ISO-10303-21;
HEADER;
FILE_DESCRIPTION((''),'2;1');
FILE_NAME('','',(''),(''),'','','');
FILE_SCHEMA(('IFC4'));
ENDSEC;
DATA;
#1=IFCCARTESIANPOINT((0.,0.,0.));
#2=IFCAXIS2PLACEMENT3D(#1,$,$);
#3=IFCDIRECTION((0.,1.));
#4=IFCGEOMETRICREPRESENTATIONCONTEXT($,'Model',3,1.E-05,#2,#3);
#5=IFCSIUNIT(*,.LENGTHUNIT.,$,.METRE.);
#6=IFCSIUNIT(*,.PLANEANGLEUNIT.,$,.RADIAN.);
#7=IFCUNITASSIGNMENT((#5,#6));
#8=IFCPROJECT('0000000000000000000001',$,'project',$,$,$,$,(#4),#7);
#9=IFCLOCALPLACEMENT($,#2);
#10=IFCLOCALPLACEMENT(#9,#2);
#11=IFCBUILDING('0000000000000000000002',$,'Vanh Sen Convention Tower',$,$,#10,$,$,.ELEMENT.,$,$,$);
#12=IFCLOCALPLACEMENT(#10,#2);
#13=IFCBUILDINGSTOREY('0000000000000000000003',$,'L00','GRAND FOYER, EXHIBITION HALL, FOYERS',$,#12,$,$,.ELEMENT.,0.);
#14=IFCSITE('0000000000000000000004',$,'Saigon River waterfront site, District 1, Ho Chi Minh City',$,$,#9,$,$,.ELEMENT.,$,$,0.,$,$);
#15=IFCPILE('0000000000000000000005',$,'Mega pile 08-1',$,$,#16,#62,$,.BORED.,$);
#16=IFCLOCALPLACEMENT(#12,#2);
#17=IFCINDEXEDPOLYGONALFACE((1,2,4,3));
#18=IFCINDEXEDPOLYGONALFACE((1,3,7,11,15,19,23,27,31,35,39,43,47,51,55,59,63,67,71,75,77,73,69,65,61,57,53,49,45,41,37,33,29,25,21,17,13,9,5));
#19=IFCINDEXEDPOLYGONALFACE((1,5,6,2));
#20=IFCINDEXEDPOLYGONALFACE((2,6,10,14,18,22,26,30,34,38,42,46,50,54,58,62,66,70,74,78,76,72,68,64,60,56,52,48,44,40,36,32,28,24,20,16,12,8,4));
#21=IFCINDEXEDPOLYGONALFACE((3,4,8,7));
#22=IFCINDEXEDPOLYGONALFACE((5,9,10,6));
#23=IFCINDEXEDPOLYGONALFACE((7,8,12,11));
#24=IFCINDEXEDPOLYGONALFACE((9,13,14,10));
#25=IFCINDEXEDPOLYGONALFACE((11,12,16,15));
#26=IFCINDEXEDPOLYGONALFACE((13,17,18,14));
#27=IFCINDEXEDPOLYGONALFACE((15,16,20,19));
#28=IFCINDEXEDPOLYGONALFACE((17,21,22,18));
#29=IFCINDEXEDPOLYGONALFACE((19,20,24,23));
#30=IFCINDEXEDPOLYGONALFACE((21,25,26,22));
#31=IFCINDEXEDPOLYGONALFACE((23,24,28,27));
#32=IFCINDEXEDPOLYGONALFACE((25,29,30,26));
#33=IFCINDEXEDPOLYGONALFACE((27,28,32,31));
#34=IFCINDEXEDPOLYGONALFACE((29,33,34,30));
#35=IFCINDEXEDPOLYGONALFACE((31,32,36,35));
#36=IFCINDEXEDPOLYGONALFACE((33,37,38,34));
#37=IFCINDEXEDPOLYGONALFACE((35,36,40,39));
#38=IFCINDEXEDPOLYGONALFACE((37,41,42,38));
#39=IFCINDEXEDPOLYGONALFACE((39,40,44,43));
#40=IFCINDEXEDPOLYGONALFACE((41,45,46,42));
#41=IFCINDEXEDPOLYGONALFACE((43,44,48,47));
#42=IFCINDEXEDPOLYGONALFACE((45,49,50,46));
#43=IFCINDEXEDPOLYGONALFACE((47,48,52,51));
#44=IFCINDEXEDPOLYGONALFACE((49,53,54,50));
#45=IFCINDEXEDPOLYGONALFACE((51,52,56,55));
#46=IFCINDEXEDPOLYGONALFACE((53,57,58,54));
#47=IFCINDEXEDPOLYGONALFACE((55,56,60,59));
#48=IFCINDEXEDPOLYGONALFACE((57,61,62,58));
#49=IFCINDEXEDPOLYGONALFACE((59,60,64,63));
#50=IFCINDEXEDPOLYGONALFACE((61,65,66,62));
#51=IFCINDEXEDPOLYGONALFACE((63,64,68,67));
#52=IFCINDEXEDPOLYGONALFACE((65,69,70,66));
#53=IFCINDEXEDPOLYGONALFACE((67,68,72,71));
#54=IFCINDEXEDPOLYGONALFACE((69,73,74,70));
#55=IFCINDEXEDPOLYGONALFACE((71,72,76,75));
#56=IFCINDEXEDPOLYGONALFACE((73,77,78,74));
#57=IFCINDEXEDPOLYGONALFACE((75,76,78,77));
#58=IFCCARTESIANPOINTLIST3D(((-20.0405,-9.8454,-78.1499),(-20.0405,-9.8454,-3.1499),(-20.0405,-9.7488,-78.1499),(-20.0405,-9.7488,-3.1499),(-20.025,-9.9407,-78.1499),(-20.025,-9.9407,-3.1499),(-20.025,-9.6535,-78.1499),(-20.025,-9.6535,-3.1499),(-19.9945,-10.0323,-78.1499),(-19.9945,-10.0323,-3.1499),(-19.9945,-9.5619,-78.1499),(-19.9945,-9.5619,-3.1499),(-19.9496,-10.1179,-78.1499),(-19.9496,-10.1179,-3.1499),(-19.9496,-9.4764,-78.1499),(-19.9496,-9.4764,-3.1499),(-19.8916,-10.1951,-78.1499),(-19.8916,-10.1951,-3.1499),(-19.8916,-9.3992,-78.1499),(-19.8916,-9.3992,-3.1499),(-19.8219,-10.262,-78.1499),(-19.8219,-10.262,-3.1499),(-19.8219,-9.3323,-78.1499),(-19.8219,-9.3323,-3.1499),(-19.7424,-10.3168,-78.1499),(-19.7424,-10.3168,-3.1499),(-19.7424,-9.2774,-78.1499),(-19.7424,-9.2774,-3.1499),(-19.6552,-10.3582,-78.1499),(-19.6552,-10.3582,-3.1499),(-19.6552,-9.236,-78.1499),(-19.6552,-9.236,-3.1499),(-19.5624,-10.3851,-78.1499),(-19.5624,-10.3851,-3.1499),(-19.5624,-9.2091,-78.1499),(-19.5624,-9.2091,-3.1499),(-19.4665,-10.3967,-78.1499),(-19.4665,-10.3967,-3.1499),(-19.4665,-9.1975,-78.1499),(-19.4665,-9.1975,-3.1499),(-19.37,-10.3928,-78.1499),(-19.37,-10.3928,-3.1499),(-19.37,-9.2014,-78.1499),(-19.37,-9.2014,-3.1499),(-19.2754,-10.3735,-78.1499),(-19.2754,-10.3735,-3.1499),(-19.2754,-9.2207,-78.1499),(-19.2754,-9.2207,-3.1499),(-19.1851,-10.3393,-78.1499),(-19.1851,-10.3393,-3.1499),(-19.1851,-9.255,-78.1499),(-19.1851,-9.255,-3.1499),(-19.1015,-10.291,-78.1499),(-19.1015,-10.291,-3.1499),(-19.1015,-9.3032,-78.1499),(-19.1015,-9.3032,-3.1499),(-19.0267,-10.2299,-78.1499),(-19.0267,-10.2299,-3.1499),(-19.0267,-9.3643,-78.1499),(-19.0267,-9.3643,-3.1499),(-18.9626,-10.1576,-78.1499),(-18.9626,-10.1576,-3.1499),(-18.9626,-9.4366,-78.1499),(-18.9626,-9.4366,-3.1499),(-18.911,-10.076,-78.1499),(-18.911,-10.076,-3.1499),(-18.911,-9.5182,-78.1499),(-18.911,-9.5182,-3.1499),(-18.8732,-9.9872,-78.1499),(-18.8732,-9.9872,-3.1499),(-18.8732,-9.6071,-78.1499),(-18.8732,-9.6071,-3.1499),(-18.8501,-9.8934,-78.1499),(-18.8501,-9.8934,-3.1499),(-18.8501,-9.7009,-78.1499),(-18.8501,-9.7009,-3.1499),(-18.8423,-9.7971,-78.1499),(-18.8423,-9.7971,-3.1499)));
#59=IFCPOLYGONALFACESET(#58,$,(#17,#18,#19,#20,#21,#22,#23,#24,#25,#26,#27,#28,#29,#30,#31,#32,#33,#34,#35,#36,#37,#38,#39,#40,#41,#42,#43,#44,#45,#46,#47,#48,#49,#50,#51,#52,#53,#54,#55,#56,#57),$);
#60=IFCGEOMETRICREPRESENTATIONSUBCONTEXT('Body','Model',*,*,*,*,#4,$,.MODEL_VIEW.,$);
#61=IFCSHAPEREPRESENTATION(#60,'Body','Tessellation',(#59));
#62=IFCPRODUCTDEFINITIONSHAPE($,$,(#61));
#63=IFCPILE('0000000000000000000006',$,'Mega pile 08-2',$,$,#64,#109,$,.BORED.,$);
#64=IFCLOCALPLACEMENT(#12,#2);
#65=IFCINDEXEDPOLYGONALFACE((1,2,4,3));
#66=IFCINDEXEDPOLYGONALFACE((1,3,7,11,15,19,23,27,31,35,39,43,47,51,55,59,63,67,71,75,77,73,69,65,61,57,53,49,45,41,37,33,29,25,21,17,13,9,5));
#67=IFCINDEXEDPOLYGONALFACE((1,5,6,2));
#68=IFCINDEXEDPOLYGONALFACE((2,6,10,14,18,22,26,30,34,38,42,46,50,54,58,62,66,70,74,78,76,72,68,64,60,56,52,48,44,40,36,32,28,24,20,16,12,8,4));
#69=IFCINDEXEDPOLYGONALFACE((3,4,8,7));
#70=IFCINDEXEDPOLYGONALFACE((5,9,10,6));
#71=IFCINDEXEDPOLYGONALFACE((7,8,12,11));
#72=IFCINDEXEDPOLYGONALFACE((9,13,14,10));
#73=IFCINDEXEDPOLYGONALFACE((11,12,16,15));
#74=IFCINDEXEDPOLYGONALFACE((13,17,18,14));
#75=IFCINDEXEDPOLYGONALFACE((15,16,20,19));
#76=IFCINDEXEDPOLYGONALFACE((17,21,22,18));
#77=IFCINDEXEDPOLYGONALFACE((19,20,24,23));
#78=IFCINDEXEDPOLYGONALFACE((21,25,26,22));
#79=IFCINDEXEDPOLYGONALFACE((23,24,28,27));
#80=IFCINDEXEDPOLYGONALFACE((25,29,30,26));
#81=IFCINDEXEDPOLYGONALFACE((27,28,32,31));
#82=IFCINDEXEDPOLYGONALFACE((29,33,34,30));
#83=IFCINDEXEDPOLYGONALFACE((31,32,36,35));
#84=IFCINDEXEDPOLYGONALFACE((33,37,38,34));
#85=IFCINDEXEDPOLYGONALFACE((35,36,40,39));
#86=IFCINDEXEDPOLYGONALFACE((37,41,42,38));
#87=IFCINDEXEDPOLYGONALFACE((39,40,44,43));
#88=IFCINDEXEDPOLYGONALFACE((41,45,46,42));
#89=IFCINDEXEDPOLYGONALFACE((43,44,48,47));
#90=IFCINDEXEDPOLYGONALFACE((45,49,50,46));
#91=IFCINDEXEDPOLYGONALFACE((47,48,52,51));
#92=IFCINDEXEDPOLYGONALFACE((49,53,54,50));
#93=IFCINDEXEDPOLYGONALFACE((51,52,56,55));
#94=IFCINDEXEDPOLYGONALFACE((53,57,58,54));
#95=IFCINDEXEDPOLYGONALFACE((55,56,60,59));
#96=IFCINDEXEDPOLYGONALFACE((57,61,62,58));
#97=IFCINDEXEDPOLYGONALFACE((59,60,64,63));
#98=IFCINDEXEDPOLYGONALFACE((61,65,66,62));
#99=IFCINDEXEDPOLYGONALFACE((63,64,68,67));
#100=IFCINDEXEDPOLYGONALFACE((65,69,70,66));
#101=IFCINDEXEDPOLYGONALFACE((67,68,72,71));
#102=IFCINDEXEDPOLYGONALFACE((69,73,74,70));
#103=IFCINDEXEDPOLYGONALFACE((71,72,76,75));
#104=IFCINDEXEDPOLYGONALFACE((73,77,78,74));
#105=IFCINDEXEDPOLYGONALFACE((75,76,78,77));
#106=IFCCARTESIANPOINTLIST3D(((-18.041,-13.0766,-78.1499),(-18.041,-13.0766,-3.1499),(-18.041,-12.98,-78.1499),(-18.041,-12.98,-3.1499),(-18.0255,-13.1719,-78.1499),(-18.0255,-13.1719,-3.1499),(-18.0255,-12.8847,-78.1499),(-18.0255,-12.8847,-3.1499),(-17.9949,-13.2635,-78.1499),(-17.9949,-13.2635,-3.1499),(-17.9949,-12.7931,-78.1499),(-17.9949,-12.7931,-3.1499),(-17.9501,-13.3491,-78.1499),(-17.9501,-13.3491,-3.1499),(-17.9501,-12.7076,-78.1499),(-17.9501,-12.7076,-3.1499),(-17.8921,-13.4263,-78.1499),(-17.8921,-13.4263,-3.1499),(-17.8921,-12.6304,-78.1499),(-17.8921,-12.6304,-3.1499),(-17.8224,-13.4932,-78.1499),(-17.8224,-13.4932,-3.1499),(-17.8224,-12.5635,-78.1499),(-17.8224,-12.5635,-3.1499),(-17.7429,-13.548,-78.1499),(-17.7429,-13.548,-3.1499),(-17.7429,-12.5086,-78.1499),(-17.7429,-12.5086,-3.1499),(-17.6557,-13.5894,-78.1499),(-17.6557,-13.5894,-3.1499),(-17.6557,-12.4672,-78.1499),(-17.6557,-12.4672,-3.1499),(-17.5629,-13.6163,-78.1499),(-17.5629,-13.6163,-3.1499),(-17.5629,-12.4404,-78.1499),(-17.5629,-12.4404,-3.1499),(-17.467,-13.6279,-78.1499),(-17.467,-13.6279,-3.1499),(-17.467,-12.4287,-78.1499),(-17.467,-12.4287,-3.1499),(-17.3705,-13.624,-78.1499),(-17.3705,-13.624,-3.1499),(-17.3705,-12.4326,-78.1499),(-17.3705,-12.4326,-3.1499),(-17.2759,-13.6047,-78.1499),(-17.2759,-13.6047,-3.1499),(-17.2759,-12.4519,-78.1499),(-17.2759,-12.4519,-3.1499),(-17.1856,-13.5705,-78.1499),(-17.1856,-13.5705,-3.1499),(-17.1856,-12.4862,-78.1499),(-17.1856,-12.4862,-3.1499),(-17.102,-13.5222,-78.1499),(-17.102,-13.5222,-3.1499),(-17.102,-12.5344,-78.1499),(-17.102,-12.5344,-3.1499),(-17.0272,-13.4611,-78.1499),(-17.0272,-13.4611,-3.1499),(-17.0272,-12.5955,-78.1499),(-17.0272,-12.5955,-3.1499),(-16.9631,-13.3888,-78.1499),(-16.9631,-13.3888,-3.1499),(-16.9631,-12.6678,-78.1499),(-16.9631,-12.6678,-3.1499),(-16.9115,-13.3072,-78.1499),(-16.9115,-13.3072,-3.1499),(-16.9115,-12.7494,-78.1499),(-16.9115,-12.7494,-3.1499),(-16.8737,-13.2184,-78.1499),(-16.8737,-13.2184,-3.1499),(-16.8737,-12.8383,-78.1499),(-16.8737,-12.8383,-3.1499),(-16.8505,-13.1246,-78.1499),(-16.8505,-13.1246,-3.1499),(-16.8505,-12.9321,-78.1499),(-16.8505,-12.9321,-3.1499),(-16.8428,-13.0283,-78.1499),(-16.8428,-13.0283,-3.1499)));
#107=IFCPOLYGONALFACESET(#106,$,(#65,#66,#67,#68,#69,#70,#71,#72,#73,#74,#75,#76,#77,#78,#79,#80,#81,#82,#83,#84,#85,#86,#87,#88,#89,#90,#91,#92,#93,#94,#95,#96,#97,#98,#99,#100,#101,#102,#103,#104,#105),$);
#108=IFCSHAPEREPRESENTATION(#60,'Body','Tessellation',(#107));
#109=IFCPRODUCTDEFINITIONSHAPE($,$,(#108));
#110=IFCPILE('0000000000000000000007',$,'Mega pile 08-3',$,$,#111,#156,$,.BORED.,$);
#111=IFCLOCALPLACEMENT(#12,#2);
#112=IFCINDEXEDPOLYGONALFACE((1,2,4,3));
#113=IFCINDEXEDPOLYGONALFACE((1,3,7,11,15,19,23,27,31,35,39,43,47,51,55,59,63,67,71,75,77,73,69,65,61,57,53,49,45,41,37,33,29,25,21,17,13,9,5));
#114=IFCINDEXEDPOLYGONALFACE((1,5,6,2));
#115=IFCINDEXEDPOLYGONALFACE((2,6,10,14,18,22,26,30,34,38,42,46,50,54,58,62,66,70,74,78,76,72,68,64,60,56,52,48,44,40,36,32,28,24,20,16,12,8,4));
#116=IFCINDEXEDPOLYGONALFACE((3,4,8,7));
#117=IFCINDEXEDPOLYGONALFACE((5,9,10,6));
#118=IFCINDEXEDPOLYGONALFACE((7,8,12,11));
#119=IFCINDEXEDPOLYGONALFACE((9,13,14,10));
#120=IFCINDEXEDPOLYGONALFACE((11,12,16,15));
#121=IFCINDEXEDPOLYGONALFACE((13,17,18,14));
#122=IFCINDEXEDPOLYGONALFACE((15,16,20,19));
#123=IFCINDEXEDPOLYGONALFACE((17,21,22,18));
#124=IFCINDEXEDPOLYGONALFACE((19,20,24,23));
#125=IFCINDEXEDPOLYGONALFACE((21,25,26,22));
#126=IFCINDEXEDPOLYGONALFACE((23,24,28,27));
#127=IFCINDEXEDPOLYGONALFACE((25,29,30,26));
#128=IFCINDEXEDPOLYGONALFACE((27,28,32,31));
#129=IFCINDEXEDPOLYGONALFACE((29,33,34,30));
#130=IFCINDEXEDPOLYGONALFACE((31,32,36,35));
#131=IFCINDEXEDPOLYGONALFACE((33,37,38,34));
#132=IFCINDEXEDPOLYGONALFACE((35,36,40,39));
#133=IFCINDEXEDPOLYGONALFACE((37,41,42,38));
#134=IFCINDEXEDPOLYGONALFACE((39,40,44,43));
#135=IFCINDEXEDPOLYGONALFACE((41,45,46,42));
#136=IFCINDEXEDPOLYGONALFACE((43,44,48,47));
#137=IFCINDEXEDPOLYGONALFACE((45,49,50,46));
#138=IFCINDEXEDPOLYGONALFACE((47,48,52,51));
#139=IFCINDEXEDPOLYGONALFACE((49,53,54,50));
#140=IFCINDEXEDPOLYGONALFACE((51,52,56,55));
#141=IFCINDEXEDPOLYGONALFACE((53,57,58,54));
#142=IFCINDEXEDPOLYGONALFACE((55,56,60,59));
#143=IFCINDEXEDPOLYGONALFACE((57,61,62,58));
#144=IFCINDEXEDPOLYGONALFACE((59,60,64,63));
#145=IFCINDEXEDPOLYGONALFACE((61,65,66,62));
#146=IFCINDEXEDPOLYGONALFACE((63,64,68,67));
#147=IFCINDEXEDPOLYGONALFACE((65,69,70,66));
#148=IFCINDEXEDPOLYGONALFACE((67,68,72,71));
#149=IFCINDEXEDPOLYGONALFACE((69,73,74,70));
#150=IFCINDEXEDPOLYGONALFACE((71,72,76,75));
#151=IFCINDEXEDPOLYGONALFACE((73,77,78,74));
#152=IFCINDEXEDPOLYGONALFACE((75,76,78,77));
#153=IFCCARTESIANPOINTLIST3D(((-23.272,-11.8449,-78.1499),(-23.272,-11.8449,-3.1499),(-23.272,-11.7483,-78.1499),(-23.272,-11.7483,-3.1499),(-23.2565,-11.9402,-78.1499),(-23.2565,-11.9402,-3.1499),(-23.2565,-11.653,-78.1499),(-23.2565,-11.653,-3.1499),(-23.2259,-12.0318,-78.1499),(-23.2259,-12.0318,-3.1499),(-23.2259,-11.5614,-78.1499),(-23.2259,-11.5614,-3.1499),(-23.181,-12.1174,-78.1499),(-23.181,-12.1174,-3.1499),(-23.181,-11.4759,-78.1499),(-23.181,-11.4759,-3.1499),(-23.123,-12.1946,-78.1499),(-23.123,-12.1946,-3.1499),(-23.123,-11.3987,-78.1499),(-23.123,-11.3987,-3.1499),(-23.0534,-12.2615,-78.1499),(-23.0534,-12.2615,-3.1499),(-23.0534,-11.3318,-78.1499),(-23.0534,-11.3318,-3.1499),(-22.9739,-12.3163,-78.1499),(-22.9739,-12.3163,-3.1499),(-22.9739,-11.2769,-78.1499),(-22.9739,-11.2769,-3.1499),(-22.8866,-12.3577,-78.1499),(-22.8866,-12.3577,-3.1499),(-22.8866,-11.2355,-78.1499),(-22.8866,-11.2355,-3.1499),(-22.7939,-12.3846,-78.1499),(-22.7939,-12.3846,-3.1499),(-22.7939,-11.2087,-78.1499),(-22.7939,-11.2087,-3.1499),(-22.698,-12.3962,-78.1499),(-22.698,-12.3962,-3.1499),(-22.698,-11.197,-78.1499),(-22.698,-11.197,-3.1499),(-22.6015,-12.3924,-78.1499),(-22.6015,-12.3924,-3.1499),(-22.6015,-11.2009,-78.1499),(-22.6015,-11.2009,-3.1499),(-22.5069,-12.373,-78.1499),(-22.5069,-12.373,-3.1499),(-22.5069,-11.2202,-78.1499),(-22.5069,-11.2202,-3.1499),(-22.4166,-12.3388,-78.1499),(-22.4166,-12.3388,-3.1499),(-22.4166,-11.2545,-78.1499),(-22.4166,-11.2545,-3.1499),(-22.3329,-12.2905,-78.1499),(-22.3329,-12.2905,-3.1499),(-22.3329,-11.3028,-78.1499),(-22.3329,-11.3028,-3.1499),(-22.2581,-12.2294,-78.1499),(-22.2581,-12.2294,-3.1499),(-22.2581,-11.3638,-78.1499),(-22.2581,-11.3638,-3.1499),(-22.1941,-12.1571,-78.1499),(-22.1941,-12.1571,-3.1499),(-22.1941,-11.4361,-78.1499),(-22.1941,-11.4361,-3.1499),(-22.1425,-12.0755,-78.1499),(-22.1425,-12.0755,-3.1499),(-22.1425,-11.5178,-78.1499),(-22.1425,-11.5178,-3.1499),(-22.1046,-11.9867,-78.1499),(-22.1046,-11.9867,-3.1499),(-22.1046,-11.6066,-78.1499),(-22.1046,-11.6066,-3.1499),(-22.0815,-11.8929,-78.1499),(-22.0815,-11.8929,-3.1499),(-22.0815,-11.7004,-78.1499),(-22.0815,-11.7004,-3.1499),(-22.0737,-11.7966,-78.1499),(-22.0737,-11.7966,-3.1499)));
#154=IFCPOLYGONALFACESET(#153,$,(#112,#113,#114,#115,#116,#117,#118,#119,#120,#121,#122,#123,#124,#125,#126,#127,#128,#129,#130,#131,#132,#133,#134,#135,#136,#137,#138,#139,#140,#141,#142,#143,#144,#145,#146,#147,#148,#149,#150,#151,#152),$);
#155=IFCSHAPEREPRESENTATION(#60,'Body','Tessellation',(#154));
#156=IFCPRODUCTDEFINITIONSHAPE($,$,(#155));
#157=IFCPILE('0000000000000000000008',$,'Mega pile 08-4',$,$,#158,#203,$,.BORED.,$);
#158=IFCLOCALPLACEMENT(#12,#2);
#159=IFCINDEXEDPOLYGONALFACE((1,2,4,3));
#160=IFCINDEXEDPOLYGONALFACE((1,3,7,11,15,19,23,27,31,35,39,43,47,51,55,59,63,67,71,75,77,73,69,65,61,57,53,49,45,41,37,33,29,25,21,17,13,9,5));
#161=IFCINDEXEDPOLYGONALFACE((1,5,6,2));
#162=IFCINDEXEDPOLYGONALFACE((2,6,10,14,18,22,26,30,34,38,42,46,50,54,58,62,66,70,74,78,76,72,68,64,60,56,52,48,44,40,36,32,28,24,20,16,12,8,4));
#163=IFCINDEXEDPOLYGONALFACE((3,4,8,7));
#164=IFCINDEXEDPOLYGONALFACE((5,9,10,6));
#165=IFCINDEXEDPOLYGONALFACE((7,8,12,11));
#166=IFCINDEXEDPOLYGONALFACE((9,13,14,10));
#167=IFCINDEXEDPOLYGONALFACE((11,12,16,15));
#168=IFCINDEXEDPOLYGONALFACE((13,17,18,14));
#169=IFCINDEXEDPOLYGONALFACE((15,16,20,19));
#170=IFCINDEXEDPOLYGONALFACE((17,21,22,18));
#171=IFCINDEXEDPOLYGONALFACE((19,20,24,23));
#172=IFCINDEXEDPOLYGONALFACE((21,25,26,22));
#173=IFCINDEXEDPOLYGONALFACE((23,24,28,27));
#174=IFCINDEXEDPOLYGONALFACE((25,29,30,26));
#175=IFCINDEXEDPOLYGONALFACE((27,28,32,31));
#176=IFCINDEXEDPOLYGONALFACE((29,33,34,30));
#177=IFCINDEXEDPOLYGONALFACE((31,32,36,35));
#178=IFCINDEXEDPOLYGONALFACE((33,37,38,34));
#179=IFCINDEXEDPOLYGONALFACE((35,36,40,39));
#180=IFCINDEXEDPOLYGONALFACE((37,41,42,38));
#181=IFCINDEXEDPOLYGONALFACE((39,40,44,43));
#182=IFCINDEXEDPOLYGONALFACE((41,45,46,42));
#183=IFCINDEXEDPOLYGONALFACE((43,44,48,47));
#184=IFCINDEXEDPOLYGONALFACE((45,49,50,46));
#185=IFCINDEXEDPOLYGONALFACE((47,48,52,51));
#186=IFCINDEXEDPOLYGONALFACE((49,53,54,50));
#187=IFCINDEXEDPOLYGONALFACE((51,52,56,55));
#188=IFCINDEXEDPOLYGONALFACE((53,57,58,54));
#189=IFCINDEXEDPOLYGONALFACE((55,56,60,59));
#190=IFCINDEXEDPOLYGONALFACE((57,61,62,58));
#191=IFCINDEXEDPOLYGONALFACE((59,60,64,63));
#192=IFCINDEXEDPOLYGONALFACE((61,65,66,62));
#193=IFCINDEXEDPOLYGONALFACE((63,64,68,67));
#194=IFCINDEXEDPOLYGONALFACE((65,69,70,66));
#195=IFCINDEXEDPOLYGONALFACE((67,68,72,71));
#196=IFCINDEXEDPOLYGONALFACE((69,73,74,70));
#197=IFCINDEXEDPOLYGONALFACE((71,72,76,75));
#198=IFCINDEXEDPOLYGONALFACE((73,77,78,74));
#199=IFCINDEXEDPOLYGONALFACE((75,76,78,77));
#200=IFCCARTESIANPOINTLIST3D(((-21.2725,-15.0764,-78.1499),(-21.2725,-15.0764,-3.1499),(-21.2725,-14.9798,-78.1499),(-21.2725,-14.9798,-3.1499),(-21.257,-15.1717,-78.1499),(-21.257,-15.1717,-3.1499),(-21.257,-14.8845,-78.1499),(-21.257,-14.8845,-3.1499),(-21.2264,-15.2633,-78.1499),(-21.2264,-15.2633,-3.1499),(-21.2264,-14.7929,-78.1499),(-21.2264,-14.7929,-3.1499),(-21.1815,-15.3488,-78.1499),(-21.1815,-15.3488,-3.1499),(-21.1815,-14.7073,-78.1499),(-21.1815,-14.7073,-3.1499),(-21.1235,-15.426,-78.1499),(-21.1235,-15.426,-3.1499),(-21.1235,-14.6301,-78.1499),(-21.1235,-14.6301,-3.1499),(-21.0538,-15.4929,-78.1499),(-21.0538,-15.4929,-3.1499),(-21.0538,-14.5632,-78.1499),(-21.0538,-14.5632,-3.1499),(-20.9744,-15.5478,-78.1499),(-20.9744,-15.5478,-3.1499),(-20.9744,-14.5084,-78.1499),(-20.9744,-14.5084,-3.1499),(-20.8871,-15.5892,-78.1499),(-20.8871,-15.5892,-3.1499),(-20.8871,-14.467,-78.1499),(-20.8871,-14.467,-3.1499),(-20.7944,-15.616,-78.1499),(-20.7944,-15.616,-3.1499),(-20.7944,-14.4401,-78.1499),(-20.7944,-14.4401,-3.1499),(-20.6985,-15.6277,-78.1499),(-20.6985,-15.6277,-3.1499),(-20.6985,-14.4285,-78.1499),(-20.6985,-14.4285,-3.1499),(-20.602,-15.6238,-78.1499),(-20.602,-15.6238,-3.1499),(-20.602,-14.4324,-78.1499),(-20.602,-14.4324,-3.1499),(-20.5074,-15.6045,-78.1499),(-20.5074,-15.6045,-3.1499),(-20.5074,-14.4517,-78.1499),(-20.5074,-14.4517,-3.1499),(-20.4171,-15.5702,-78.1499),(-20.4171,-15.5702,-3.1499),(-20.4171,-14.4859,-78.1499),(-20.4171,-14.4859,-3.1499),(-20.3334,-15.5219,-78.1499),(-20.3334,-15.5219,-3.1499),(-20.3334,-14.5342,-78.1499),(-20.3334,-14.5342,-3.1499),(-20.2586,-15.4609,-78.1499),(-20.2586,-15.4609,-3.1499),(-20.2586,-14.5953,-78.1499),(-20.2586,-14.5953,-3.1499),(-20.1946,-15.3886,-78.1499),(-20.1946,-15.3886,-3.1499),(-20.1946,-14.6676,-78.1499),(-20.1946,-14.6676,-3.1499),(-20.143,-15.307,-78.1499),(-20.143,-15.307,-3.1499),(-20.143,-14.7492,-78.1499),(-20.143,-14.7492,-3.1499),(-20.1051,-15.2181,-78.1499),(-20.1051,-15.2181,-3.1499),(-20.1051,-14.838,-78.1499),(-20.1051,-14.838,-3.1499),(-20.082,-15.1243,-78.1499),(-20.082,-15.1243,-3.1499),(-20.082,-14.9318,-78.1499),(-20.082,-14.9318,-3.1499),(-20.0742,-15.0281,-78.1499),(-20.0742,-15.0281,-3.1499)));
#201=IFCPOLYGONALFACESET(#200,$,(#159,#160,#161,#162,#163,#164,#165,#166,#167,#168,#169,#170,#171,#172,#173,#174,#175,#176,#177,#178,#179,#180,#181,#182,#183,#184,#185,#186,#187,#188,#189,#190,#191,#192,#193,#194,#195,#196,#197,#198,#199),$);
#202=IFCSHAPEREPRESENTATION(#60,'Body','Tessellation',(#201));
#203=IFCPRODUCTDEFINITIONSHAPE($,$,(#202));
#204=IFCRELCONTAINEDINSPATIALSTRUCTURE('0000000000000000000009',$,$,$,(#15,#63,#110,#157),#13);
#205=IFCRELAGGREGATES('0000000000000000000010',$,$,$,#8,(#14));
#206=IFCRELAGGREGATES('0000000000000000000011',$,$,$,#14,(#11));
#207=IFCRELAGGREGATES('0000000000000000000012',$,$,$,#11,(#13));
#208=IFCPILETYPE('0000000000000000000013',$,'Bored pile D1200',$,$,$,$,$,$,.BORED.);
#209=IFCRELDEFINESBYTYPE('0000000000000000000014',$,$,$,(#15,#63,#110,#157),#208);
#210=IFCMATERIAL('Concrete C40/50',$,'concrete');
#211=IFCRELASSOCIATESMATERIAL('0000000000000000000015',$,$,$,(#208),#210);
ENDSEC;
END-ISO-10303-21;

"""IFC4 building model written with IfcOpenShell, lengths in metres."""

from ifc_helpers import new_model, si_unit, direction, frame, origin, origin_2d, place, context, subcontext, project, spatial, circle, extrude, material, material_profile, profile_set, type_object, element, save


model = new_model("IFC4")

# Units and contexts
model_context = context("Model", 3, precision=1e-05, world=origin(), true_north=direction((0.0, 1.0)))
body_context = subcontext(model_context, "Body", "Model", "MODEL_VIEW")
ifc_project = project(units=[si_unit("LENGTHUNIT", "METRE"), si_unit("PLANEANGLEUNIT", "RADIAN")], contexts=[model_context])

# Site, building, storey
site_placement = place(None, origin())
site = spatial("IfcSite", under=ifc_project, at=site_placement, Name="Saigon River waterfront site, District 1, Ho Chi Minh City", CompositionType="ELEMENT", RefElevation=0.0)
building_placement = place(site_placement, origin())
building = spatial("IfcBuilding", under=site, at=building_placement, Name="Vanh Sen Convention Tower", CompositionType="ELEMENT")
storey_placement = place(building_placement, origin())
storey = spatial("IfcBuildingStorey", under=building, at=storey_placement, Name="L00", Description="GRAND FOYER, EXHIBITION HALL, FOYERS", CompositionType="ELEMENT", Elevation=0.0)

# Piles
ifc_material_1 = material(Name="Concrete C40/50", Category="concrete")
ifc_material_profile_1 = material_profile(ifc_material_1, circle(Radius=0.6001, at=origin_2d()), Name="Bored pile D1200")
ifc_profile_set_1 = profile_set([ifc_material_profile_1], Name="Concrete C40/50")
pile_type_1 = type_object("IfcPileType", Name="Bored pile D1200", PredefinedType="BORED", material=ifc_profile_set_1)
for number, where, z_axis, x_axis, name in (
    (1, (-19.4424, -9.7971, -3.1499), (0.0, 0.0, -1.0), (1.0, 0.0, 0.0), "Mega pile 08-1"),
    (2, (-17.4429, -13.0283, -3.1499), (0.0, 0.0, -1.0), (1.0, 0.0, 0.0), "Mega pile 08-2"),
    (3, (-22.6738, -11.7966, -3.1499), (0.0, 0.0, -1.0), (1.0, 0.0, 0.0), "Mega pile 08-3"),
    (4, (-20.6743, -15.0281, -3.1499), (0.0, 0.0, -1.0), (1.0, 0.0, 0.0), "Mega pile 08-4"),
):
    element("IfcPile", number, at=place(storey_placement, frame(where, z_axis=z_axis, x_axis=x_axis)), inside=storey, type_object=pile_type_1, Name=name, PredefinedType="BORED", context=body_context, shape_type="SweptSolid", body=[
        extrude(circle(Radius=0.6001, at=origin_2d()), origin(), (0.0, 0.0, 1.0), 75.0),
    ])

save(model, "model.ifc")
